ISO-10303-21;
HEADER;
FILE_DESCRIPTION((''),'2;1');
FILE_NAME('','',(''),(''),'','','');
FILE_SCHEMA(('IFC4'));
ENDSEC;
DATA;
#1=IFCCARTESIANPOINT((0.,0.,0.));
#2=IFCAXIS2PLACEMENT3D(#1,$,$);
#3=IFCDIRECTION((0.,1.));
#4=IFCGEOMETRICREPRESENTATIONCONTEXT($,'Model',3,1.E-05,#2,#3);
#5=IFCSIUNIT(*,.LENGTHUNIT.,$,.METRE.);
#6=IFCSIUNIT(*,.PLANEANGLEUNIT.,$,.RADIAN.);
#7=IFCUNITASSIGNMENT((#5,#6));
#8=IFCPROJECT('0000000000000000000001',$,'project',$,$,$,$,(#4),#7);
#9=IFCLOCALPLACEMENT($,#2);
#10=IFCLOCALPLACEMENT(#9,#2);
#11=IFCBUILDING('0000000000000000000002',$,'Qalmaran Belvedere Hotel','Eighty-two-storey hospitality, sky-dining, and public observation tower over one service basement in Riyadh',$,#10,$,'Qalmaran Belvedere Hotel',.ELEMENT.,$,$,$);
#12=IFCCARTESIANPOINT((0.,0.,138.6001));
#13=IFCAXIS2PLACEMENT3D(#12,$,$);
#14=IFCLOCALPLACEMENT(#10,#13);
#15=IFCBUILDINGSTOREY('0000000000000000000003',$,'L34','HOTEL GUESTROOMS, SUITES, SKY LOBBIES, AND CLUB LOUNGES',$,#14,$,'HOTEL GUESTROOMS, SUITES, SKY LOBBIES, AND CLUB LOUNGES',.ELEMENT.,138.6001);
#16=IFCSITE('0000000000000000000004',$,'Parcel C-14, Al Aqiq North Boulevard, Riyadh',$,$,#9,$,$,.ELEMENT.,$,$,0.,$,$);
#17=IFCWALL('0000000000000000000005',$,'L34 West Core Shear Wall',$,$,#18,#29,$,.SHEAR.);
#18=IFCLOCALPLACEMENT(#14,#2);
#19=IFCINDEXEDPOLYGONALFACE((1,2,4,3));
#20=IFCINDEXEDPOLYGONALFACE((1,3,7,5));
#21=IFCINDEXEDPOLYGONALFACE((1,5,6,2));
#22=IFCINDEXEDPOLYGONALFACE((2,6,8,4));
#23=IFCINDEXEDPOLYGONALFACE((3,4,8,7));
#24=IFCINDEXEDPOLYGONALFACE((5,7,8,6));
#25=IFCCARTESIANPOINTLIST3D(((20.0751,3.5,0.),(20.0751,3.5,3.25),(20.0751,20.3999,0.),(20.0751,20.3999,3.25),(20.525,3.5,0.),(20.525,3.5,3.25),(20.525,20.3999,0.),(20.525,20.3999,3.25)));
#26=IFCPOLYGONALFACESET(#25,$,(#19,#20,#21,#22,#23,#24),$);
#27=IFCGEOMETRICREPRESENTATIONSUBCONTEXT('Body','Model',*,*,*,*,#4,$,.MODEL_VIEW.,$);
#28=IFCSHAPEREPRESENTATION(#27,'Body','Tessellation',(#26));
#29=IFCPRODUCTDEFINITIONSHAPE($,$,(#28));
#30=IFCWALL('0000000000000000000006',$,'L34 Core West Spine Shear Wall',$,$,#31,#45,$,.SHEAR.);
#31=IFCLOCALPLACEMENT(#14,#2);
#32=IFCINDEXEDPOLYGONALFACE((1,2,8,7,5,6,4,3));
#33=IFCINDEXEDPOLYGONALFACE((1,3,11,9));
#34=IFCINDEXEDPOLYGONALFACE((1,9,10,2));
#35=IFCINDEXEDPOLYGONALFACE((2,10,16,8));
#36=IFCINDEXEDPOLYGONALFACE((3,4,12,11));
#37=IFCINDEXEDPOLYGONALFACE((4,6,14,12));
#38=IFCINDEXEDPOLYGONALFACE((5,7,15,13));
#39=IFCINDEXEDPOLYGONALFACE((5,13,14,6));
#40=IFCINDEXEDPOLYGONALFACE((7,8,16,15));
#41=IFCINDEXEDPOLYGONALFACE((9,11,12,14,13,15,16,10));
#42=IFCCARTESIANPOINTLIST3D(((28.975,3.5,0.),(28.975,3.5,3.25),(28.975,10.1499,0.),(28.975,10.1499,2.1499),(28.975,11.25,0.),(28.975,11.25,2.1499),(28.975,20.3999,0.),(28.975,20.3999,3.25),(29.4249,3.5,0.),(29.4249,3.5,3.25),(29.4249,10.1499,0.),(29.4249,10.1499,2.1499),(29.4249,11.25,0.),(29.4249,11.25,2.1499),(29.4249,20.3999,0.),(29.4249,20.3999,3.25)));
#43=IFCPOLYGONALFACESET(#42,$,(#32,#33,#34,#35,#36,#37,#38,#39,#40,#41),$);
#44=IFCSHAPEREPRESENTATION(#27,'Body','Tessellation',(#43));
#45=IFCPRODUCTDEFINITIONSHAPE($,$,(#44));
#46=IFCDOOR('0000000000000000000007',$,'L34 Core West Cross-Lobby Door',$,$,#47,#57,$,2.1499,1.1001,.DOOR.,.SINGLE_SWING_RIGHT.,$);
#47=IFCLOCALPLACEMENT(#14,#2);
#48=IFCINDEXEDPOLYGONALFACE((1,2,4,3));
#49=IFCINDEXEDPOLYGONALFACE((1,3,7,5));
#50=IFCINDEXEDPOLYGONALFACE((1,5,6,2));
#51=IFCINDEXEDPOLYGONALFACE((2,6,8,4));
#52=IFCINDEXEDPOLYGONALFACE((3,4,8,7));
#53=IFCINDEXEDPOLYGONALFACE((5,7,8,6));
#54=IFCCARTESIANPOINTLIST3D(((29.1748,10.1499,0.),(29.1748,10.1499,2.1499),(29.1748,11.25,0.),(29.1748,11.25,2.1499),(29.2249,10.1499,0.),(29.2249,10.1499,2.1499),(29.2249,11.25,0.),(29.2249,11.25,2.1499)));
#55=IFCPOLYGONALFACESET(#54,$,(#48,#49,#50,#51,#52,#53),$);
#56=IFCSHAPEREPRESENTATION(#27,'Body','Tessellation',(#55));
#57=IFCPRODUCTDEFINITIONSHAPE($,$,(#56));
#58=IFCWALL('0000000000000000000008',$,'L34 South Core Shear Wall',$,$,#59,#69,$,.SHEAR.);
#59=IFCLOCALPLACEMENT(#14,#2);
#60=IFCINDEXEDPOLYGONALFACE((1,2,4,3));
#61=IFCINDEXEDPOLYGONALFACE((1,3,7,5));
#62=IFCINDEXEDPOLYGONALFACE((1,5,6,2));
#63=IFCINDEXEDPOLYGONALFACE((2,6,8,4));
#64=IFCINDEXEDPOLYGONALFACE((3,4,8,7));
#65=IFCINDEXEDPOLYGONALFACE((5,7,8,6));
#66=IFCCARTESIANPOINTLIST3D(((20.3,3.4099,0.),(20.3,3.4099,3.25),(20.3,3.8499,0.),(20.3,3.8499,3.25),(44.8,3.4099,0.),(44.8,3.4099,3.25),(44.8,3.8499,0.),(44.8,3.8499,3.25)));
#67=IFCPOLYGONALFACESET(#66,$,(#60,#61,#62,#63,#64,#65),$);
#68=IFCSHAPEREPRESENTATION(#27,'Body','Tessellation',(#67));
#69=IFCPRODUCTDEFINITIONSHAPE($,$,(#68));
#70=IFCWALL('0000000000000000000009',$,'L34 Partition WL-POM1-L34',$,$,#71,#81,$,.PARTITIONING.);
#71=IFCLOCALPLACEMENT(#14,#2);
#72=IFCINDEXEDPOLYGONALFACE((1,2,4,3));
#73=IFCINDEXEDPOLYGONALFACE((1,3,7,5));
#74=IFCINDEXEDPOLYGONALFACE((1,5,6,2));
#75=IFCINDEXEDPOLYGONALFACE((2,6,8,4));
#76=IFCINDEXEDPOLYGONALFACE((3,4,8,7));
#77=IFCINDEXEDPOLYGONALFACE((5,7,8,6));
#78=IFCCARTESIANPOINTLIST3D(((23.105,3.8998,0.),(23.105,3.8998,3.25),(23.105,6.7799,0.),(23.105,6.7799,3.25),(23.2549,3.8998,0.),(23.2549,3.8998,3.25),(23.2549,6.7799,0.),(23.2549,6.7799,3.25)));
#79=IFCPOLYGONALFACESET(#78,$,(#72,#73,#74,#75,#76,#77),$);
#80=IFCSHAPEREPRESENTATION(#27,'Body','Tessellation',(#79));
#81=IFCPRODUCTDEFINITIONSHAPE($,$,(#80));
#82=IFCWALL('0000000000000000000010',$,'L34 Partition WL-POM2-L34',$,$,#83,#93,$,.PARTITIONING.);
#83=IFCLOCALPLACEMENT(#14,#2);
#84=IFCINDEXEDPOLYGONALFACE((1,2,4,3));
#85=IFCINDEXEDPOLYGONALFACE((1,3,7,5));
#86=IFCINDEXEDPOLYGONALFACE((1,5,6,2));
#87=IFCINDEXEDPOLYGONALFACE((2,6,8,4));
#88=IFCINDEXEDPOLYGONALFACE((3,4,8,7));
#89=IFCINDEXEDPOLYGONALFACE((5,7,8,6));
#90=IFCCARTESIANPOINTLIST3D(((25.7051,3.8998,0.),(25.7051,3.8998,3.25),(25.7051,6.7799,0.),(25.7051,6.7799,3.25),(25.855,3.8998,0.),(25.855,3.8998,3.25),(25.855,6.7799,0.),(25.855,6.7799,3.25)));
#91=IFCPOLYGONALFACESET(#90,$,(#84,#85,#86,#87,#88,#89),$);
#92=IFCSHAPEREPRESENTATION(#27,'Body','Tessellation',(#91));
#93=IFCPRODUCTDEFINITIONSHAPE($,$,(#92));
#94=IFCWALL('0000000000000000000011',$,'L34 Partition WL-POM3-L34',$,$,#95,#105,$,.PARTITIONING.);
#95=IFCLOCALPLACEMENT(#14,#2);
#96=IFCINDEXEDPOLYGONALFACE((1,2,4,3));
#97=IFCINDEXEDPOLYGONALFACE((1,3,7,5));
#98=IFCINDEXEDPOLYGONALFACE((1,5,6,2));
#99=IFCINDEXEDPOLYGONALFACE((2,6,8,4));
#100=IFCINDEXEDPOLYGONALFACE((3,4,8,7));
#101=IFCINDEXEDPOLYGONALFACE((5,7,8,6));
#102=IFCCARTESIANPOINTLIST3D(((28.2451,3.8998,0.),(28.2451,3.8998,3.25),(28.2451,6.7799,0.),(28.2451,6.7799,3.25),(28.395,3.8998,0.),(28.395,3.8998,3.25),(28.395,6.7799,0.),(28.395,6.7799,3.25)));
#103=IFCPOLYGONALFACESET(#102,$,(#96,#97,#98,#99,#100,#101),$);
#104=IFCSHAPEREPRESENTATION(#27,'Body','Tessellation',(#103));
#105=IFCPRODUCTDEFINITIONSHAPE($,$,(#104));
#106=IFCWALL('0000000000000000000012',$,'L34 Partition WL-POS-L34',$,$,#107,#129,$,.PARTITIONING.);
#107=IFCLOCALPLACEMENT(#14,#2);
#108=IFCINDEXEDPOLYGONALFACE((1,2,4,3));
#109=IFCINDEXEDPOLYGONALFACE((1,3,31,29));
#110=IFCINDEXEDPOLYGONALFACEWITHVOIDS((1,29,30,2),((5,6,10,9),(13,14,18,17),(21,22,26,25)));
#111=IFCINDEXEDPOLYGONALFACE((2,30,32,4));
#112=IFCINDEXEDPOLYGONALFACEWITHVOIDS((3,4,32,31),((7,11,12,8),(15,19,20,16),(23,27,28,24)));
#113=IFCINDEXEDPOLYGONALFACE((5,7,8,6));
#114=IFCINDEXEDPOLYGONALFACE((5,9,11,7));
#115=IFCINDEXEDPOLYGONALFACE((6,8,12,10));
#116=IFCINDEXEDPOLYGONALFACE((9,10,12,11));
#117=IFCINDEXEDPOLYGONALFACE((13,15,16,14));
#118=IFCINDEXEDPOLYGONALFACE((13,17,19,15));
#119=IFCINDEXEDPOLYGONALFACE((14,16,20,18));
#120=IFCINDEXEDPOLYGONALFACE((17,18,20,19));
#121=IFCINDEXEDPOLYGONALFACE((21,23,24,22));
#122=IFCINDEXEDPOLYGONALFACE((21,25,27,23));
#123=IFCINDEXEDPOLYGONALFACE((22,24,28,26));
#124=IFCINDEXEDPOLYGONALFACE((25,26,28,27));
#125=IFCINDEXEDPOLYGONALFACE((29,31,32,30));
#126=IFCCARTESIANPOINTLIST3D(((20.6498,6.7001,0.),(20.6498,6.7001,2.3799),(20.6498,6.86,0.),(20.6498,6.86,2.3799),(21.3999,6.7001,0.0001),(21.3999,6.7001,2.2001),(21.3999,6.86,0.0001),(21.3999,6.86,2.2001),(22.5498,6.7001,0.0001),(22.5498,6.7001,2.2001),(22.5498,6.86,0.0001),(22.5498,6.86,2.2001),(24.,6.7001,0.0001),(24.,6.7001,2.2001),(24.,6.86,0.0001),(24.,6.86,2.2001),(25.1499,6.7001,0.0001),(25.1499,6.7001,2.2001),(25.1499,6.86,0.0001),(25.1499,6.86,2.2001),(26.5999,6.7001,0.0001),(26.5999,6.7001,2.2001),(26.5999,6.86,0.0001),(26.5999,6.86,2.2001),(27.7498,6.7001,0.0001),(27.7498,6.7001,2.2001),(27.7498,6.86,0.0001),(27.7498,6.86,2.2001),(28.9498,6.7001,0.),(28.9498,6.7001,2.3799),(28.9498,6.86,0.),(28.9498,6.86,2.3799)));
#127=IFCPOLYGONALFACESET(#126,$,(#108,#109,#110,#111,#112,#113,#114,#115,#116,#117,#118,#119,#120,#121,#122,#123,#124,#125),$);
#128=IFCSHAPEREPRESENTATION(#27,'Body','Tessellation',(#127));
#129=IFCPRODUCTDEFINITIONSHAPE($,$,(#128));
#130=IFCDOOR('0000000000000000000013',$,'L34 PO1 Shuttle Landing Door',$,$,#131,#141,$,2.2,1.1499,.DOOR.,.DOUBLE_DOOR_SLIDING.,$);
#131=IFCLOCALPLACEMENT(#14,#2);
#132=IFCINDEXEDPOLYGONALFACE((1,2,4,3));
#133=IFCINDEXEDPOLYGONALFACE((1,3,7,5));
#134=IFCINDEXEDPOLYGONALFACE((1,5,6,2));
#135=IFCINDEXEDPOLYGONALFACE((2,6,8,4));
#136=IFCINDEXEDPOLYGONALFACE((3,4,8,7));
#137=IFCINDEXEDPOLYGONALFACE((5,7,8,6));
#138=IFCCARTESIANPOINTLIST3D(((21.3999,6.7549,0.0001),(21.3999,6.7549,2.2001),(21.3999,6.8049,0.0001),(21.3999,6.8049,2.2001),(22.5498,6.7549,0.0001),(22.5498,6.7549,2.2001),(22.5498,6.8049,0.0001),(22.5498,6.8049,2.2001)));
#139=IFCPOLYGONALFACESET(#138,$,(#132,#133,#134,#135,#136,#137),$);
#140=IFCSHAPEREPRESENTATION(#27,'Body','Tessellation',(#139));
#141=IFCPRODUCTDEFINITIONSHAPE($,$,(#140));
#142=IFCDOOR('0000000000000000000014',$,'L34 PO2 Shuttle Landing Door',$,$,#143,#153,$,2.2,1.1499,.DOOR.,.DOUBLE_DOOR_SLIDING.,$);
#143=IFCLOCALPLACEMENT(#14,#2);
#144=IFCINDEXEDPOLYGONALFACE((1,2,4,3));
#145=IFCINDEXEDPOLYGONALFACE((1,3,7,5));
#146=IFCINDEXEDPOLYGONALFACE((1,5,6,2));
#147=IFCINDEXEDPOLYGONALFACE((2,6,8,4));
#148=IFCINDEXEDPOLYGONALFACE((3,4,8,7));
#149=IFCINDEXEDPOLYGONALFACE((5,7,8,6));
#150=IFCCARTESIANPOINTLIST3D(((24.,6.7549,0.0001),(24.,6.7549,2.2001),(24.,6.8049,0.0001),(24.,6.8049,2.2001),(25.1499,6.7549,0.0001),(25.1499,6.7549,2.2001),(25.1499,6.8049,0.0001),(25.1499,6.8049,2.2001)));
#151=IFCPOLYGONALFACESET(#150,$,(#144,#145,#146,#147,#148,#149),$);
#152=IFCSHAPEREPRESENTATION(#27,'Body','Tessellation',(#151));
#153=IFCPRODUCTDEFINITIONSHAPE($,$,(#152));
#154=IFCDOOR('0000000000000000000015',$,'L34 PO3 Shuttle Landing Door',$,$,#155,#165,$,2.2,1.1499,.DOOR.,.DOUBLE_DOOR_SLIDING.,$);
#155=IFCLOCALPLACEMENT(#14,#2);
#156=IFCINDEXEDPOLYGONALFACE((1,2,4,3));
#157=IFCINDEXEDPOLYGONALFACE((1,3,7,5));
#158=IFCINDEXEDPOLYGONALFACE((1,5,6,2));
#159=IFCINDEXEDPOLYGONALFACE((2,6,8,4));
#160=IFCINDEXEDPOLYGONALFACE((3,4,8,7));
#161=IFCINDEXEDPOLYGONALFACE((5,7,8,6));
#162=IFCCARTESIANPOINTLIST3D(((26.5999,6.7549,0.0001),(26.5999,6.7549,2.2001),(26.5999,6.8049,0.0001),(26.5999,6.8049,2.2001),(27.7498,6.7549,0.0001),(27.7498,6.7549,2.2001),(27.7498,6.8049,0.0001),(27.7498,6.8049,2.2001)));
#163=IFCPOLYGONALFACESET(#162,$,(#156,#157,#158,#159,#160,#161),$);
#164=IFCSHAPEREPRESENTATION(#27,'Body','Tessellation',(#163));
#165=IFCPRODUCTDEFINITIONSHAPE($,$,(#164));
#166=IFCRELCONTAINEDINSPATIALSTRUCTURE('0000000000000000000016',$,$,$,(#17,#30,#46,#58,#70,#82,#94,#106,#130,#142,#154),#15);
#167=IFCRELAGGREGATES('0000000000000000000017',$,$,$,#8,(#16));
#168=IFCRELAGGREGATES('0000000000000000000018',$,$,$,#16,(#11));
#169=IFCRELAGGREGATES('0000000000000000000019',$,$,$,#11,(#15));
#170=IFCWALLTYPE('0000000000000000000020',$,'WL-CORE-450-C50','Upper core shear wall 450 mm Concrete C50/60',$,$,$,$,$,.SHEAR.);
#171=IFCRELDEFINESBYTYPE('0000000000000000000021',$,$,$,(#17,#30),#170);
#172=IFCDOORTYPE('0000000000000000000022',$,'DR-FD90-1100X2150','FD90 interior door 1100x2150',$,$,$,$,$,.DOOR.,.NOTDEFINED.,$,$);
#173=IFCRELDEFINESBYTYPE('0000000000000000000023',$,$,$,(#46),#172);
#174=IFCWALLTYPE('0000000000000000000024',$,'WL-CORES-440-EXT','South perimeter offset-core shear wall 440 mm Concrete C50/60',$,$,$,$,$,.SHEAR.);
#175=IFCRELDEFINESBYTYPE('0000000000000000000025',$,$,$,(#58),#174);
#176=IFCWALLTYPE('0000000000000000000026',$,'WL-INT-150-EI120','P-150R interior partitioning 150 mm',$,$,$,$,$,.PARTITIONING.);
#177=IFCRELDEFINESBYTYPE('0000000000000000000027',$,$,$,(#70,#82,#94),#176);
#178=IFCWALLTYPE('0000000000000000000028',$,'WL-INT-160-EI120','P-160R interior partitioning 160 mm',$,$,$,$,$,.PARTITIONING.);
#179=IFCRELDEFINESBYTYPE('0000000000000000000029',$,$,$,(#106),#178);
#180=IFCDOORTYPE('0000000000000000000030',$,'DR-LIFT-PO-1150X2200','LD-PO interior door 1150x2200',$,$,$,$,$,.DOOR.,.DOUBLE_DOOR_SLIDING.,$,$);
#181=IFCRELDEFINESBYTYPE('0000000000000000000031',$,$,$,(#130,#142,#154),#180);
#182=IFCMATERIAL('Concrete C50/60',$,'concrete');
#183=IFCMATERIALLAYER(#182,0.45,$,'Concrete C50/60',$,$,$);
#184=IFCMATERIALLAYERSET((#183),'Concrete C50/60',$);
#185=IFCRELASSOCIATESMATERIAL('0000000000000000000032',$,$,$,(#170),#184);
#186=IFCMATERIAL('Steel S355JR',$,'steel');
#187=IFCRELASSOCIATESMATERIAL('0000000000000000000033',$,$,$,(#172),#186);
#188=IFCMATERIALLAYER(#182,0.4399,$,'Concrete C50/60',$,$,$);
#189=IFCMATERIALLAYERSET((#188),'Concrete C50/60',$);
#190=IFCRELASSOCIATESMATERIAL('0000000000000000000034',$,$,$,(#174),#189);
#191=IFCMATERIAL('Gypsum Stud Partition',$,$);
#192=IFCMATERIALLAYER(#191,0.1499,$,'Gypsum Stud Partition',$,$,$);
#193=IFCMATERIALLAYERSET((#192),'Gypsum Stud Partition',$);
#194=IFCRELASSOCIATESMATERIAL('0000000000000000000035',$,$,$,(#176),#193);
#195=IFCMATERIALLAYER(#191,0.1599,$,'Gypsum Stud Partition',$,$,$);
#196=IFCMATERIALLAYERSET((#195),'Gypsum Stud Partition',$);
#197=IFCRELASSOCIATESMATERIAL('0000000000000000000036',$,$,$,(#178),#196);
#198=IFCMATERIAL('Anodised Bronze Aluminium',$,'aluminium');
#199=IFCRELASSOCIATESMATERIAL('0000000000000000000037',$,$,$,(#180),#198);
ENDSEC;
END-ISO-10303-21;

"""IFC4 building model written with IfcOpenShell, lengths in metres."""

from ifc_helpers import new_model, si_unit, direction, frame, frame_2d, origin, place, context, subcontext, project, spatial, rectangle, extrude, material, layer, layer_set, type_object, element, fill, save


model = new_model("IFC4")

# Units and contexts
model_context = context("Model", 3, precision=1e-05, world=origin(), true_north=direction((0.0, 1.0)))
body_context = subcontext(model_context, "Body", "Model", "MODEL_VIEW")
ifc_project = project(units=[si_unit("LENGTHUNIT", "METRE"), si_unit("PLANEANGLEUNIT", "RADIAN")], contexts=[model_context])

# Site, building, storey
site_placement = place(None, origin())
site = spatial("IfcSite", under=ifc_project, at=site_placement, Name="Parcel C-14, Al Aqiq North Boulevard, Riyadh", CompositionType="ELEMENT", RefElevation=0.0)
building_placement = place(site_placement, origin())
building = spatial("IfcBuilding", under=site, at=building_placement, Name="Qalmaran Belvedere Hotel", Description="Eighty-two-storey hospitality, sky-dining, and public observation tower over one service basement in Riyadh", LongName="Qalmaran Belvedere Hotel", CompositionType="ELEMENT")
storey_placement = place(building_placement, frame((0.0, 0.0, 138.6001)))
storey = spatial("IfcBuildingStorey", under=building, at=storey_placement, Name="L34", Description="HOTEL GUESTROOMS, SUITES, SKY LOBBIES, AND CLUB LOUNGES", LongName="HOTEL GUESTROOMS, SUITES, SKY LOBBIES, AND CLUB LOUNGES", CompositionType="ELEMENT", Elevation=138.6001)

# Shared definitions
ifc_material_1 = material(Name="Concrete C50/60", Category="concrete")

# Shared definitions
ifc_material_2 = material(Name="Steel S355JR", Category="steel")

# Shared definitions
ifc_material_3 = material(Name="Anodised Bronze Aluminium", Category="aluminium")

# Wall
ifc_layer_1 = layer(ifc_material_1, 0.45, Name="Concrete C50/60")
ifc_layer_set_1 = layer_set([ifc_layer_1], Name="Concrete C50/60")
wall_type_1 = type_object("IfcWallType", Name="WL-CORE-450-C50", Description="Upper core shear wall 450 mm Concrete C50/60", PredefinedType="SHEAR", material=ifc_layer_set_1)
wall_1_placement = place(storey_placement, frame((20.3, 3.5, 0.0), z_axis=(0.0, 0.0, 1.0), x_axis=(0.0, 1.0, 0.0)))
element("IfcWall", 1, at=wall_1_placement, inside=storey, type_object=wall_type_1, Name="L34 West Core Shear Wall", PredefinedType="SHEAR", context=body_context, shape_type="SweptSolid", body=[
    extrude(rectangle(XDim=16.8999, YDim=0.45, at=frame_2d((8.45, 0.0))), origin(), (0.0, 0.0, 1.0), 3.25),
])

# Wall, opening, door
wall_2_placement = place(storey_placement, frame((29.2, 3.5, 0.0), z_axis=(0.0, 0.0, 1.0), x_axis=(0.0, 1.0, 0.0)))
wall_2 = element("IfcWall", 2, at=wall_2_placement, inside=storey, type_object=wall_type_1, Name="L34 Core West Spine Shear Wall", PredefinedType="SHEAR", context=body_context, shape_type="SweptSolid", body=[
    extrude(rectangle(XDim=16.8999, YDim=0.45, at=frame_2d((8.45, 0.0))), origin(), (0.0, 0.0, 1.0), 3.25),
])
opening_1_placement = place(wall_2_placement, frame((7.75, 0.0, 0.0), z_axis=(0.0, 0.0, 1.0), x_axis=(-1.0, 0.0, 0.0)))
opening_1 = element("IfcOpeningElement", 3, at=opening_1_placement, cuts=wall_2, PredefinedType="OPENING", context=body_context, shape_type="SweptSolid", body=[
    extrude(rectangle(XDim=1.1001, YDim=2.1499, at=frame_2d((0.55, 1.075))), frame((0.0, 0.2349, 0.0), z_axis=(0.0, -1.0, 0.0), x_axis=(1.0, 0.0, 0.0)), (0.0, 0.0, 1.0), 0.47),
])
door_type_1 = type_object("IfcDoorType", Name="DR-FD90-1100X2150", Description="FD90 interior door 1100x2150", OperationType="NOTDEFINED", PredefinedType="DOOR", material=ifc_material_2)
door_1_placement = place(opening_1_placement, origin())
door_1 = element("IfcDoor", 4, at=door_1_placement, inside=storey, type_object=door_type_1, Name="L34 Core West Cross-Lobby Door", OperationType="SINGLE_SWING_RIGHT", OverallHeight=2.1499, OverallWidth=1.1001, PredefinedType="DOOR", context=body_context, shape_type="SweptSolid", body=[
    extrude(rectangle(XDim=1.1001, YDim=2.1499, at=frame_2d((0.55, 1.075))), frame((0.0, 0.0249, 0.0), z_axis=(0.0, -1.0, 0.0), x_axis=(1.0, 0.0, 0.0)), (0.0, 0.0, 1.0), 0.05),
])
fill(opening_1, door_1)

# Walls
ifc_layer_2 = layer(ifc_material_1, 0.4399, Name="Concrete C50/60")
ifc_layer_set_2 = layer_set([ifc_layer_2], Name="Concrete C50/60")
wall_type_2 = type_object("IfcWallType", Name="WL-CORES-440-EXT", Description="South perimeter offset-core shear wall 440 mm Concrete C50/60", PredefinedType="SHEAR", material=ifc_layer_set_2)
wall_3_placement = place(storey_placement, frame((20.3, 3.6299, 0.0), z_axis=(0.0, 0.0, 1.0), x_axis=(1.0, 0.0, 0.0)))
element("IfcWall", 5, at=wall_3_placement, inside=storey, type_object=wall_type_2, Name="L34 South Core Shear Wall", PredefinedType="SHEAR", context=body_context, shape_type="SweptSolid", body=[
    extrude(rectangle(XDim=24.5, YDim=0.4399, at=frame_2d((12.25, 0.0))), origin(), (0.0, 0.0, 1.0), 3.25),
])
ifc_material_4 = material(Name="Gypsum Stud Partition")
ifc_layer_3 = layer(ifc_material_4, 0.1499, Name="Gypsum Stud Partition")
ifc_layer_set_3 = layer_set([ifc_layer_3], Name="Gypsum Stud Partition")
wall_type_3 = type_object("IfcWallType", Name="WL-INT-150-EI120", Description="P-150R interior partitioning 150 mm", PredefinedType="PARTITIONING", material=ifc_layer_set_3)
for number, where, z_axis, x_axis, name in (
    (6, (23.1799, 3.8999, 0.0), (0.0, 0.0, 1.0), (0.0, 1.0, 0.0), "L34 Partition WL-POM1-L34"),
    (7, (25.78, 3.8999, 0.0), (0.0, 0.0, 1.0), (0.0, 1.0, 0.0), "L34 Partition WL-POM2-L34"),
    (8, (28.3201, 3.8999, 0.0), (0.0, 0.0, 1.0), (0.0, 1.0, 0.0), "L34 Partition WL-POM3-L34"),
):
    element("IfcWall", number, at=place(storey_placement, frame(where, z_axis=z_axis, x_axis=x_axis)), inside=storey, type_object=wall_type_3, Name=name, PredefinedType="PARTITIONING", context=body_context, shape_type="SweptSolid", body=[
        extrude(rectangle(XDim=2.8801, YDim=0.1499, at=frame_2d((1.4399, 0.0))), origin(), (0.0, 0.0, 1.0), 3.25),
    ])

# Wall, openings, doors
ifc_layer_4 = layer(ifc_material_4, 0.1599, Name="Gypsum Stud Partition")
ifc_layer_set_4 = layer_set([ifc_layer_4], Name="Gypsum Stud Partition")
wall_type_4 = type_object("IfcWallType", Name="WL-INT-160-EI120", Description="P-160R interior partitioning 160 mm", PredefinedType="PARTITIONING", material=ifc_layer_set_4)
wall_4_placement = place(storey_placement, frame((20.6499, 6.78, 0.0), z_axis=(0.0, 0.0, 1.0), x_axis=(1.0, 0.0, 0.0)))
wall_4 = element("IfcWall", 9, at=wall_4_placement, inside=storey, type_object=wall_type_4, Name="L34 Partition WL-POS-L34", PredefinedType="PARTITIONING", context=body_context, shape_type="SweptSolid", body=[
    extrude(rectangle(XDim=8.3, YDim=0.1599, at=frame_2d((4.1499, 0.0))), origin(), (0.0, 0.0, 1.0), 2.3799),
])
opening_2_placement = place(wall_4_placement, frame((0.75, 0.0, 0.0)))
opening_2 = element("IfcOpeningElement", 10, at=opening_2_placement, cuts=wall_4, PredefinedType="OPENING", context=body_context, shape_type="SweptSolid", body=[
    extrude(rectangle(XDim=1.1499, YDim=2.2, at=frame_2d((0.575, 1.1001))), frame((0.0, 0.0898, 0.0), z_axis=(0.0, -1.0, 0.0), x_axis=(1.0, 0.0, 0.0)), (0.0, 0.0, 1.0), 0.1799),
])
opening_3_placement = place(wall_4_placement, frame((3.3501, 0.0, 0.0)))
opening_3 = element("IfcOpeningElement", 11, at=opening_3_placement, cuts=wall_4, PredefinedType="OPENING", context=body_context, shape_type="SweptSolid", body=[
    extrude(rectangle(XDim=1.1499, YDim=2.2, at=frame_2d((0.575, 1.1001))), frame((0.0, 0.0898, 0.0), z_axis=(0.0, -1.0, 0.0), x_axis=(1.0, 0.0, 0.0)), (0.0, 0.0, 1.0), 0.1799),
])
opening_4_placement = place(wall_4_placement, frame((5.95, 0.0, 0.0)))
opening_4 = element("IfcOpeningElement", 12, at=opening_4_placement, cuts=wall_4, PredefinedType="OPENING", context=body_context, shape_type="SweptSolid", body=[
    extrude(rectangle(XDim=1.1499, YDim=2.2, at=frame_2d((0.575, 1.1001))), frame((0.0, 0.0898, 0.0), z_axis=(0.0, -1.0, 0.0), x_axis=(1.0, 0.0, 0.0)), (0.0, 0.0, 1.0), 0.1799),
])
door_type_2 = type_object("IfcDoorType", Name="DR-LIFT-PO-1150X2200", Description="LD-PO interior door 1150x2200", OperationType="DOUBLE_DOOR_SLIDING", PredefinedType="DOOR", material=ifc_material_3)
door_2_placement = place(opening_2_placement, origin())
door_2 = element("IfcDoor", 13, at=door_2_placement, inside=storey, type_object=door_type_2, Name="L34 PO1 Shuttle Landing Door", OperationType="DOUBLE_DOOR_SLIDING", OverallHeight=2.2, OverallWidth=1.1499, PredefinedType="DOOR", context=body_context, shape_type="SweptSolid", body=[
    extrude(rectangle(XDim=1.1499, YDim=2.2, at=frame_2d((0.575, 1.1001))), frame((0.0, 0.0249, 0.0), z_axis=(0.0, -1.0, 0.0), x_axis=(1.0, 0.0, 0.0)), (0.0, 0.0, 1.0), 0.05),
])
fill(opening_2, door_2)
door_3_placement = place(opening_3_placement, origin())
door_3 = element("IfcDoor", 14, at=door_3_placement, inside=storey, type_object=door_type_2, Name="L34 PO2 Shuttle Landing Door", OperationType="DOUBLE_DOOR_SLIDING", OverallHeight=2.2, OverallWidth=1.1499, PredefinedType="DOOR", context=body_context, shape_type="SweptSolid", body=[
    extrude(rectangle(XDim=1.1499, YDim=2.2, at=frame_2d((0.575, 1.1001))), frame((0.0, 0.0249, 0.0), z_axis=(0.0, -1.0, 0.0), x_axis=(1.0, 0.0, 0.0)), (0.0, 0.0, 1.0), 0.05),
])
fill(opening_3, door_3)
door_4_placement = place(opening_4_placement, origin())
door_4 = element("IfcDoor", 15, at=door_4_placement, inside=storey, type_object=door_type_2, Name="L34 PO3 Shuttle Landing Door", OperationType="DOUBLE_DOOR_SLIDING", OverallHeight=2.2, OverallWidth=1.1499, PredefinedType="DOOR", context=body_context, shape_type="SweptSolid", body=[
    extrude(rectangle(XDim=1.1499, YDim=2.2, at=frame_2d((0.575, 1.1001))), frame((0.0, 0.0249, 0.0), z_axis=(0.0, -1.0, 0.0), x_axis=(1.0, 0.0, 0.0)), (0.0, 0.0, 1.0), 0.05),
])
fill(opening_4, door_4)

save(model, "model.ifc")
